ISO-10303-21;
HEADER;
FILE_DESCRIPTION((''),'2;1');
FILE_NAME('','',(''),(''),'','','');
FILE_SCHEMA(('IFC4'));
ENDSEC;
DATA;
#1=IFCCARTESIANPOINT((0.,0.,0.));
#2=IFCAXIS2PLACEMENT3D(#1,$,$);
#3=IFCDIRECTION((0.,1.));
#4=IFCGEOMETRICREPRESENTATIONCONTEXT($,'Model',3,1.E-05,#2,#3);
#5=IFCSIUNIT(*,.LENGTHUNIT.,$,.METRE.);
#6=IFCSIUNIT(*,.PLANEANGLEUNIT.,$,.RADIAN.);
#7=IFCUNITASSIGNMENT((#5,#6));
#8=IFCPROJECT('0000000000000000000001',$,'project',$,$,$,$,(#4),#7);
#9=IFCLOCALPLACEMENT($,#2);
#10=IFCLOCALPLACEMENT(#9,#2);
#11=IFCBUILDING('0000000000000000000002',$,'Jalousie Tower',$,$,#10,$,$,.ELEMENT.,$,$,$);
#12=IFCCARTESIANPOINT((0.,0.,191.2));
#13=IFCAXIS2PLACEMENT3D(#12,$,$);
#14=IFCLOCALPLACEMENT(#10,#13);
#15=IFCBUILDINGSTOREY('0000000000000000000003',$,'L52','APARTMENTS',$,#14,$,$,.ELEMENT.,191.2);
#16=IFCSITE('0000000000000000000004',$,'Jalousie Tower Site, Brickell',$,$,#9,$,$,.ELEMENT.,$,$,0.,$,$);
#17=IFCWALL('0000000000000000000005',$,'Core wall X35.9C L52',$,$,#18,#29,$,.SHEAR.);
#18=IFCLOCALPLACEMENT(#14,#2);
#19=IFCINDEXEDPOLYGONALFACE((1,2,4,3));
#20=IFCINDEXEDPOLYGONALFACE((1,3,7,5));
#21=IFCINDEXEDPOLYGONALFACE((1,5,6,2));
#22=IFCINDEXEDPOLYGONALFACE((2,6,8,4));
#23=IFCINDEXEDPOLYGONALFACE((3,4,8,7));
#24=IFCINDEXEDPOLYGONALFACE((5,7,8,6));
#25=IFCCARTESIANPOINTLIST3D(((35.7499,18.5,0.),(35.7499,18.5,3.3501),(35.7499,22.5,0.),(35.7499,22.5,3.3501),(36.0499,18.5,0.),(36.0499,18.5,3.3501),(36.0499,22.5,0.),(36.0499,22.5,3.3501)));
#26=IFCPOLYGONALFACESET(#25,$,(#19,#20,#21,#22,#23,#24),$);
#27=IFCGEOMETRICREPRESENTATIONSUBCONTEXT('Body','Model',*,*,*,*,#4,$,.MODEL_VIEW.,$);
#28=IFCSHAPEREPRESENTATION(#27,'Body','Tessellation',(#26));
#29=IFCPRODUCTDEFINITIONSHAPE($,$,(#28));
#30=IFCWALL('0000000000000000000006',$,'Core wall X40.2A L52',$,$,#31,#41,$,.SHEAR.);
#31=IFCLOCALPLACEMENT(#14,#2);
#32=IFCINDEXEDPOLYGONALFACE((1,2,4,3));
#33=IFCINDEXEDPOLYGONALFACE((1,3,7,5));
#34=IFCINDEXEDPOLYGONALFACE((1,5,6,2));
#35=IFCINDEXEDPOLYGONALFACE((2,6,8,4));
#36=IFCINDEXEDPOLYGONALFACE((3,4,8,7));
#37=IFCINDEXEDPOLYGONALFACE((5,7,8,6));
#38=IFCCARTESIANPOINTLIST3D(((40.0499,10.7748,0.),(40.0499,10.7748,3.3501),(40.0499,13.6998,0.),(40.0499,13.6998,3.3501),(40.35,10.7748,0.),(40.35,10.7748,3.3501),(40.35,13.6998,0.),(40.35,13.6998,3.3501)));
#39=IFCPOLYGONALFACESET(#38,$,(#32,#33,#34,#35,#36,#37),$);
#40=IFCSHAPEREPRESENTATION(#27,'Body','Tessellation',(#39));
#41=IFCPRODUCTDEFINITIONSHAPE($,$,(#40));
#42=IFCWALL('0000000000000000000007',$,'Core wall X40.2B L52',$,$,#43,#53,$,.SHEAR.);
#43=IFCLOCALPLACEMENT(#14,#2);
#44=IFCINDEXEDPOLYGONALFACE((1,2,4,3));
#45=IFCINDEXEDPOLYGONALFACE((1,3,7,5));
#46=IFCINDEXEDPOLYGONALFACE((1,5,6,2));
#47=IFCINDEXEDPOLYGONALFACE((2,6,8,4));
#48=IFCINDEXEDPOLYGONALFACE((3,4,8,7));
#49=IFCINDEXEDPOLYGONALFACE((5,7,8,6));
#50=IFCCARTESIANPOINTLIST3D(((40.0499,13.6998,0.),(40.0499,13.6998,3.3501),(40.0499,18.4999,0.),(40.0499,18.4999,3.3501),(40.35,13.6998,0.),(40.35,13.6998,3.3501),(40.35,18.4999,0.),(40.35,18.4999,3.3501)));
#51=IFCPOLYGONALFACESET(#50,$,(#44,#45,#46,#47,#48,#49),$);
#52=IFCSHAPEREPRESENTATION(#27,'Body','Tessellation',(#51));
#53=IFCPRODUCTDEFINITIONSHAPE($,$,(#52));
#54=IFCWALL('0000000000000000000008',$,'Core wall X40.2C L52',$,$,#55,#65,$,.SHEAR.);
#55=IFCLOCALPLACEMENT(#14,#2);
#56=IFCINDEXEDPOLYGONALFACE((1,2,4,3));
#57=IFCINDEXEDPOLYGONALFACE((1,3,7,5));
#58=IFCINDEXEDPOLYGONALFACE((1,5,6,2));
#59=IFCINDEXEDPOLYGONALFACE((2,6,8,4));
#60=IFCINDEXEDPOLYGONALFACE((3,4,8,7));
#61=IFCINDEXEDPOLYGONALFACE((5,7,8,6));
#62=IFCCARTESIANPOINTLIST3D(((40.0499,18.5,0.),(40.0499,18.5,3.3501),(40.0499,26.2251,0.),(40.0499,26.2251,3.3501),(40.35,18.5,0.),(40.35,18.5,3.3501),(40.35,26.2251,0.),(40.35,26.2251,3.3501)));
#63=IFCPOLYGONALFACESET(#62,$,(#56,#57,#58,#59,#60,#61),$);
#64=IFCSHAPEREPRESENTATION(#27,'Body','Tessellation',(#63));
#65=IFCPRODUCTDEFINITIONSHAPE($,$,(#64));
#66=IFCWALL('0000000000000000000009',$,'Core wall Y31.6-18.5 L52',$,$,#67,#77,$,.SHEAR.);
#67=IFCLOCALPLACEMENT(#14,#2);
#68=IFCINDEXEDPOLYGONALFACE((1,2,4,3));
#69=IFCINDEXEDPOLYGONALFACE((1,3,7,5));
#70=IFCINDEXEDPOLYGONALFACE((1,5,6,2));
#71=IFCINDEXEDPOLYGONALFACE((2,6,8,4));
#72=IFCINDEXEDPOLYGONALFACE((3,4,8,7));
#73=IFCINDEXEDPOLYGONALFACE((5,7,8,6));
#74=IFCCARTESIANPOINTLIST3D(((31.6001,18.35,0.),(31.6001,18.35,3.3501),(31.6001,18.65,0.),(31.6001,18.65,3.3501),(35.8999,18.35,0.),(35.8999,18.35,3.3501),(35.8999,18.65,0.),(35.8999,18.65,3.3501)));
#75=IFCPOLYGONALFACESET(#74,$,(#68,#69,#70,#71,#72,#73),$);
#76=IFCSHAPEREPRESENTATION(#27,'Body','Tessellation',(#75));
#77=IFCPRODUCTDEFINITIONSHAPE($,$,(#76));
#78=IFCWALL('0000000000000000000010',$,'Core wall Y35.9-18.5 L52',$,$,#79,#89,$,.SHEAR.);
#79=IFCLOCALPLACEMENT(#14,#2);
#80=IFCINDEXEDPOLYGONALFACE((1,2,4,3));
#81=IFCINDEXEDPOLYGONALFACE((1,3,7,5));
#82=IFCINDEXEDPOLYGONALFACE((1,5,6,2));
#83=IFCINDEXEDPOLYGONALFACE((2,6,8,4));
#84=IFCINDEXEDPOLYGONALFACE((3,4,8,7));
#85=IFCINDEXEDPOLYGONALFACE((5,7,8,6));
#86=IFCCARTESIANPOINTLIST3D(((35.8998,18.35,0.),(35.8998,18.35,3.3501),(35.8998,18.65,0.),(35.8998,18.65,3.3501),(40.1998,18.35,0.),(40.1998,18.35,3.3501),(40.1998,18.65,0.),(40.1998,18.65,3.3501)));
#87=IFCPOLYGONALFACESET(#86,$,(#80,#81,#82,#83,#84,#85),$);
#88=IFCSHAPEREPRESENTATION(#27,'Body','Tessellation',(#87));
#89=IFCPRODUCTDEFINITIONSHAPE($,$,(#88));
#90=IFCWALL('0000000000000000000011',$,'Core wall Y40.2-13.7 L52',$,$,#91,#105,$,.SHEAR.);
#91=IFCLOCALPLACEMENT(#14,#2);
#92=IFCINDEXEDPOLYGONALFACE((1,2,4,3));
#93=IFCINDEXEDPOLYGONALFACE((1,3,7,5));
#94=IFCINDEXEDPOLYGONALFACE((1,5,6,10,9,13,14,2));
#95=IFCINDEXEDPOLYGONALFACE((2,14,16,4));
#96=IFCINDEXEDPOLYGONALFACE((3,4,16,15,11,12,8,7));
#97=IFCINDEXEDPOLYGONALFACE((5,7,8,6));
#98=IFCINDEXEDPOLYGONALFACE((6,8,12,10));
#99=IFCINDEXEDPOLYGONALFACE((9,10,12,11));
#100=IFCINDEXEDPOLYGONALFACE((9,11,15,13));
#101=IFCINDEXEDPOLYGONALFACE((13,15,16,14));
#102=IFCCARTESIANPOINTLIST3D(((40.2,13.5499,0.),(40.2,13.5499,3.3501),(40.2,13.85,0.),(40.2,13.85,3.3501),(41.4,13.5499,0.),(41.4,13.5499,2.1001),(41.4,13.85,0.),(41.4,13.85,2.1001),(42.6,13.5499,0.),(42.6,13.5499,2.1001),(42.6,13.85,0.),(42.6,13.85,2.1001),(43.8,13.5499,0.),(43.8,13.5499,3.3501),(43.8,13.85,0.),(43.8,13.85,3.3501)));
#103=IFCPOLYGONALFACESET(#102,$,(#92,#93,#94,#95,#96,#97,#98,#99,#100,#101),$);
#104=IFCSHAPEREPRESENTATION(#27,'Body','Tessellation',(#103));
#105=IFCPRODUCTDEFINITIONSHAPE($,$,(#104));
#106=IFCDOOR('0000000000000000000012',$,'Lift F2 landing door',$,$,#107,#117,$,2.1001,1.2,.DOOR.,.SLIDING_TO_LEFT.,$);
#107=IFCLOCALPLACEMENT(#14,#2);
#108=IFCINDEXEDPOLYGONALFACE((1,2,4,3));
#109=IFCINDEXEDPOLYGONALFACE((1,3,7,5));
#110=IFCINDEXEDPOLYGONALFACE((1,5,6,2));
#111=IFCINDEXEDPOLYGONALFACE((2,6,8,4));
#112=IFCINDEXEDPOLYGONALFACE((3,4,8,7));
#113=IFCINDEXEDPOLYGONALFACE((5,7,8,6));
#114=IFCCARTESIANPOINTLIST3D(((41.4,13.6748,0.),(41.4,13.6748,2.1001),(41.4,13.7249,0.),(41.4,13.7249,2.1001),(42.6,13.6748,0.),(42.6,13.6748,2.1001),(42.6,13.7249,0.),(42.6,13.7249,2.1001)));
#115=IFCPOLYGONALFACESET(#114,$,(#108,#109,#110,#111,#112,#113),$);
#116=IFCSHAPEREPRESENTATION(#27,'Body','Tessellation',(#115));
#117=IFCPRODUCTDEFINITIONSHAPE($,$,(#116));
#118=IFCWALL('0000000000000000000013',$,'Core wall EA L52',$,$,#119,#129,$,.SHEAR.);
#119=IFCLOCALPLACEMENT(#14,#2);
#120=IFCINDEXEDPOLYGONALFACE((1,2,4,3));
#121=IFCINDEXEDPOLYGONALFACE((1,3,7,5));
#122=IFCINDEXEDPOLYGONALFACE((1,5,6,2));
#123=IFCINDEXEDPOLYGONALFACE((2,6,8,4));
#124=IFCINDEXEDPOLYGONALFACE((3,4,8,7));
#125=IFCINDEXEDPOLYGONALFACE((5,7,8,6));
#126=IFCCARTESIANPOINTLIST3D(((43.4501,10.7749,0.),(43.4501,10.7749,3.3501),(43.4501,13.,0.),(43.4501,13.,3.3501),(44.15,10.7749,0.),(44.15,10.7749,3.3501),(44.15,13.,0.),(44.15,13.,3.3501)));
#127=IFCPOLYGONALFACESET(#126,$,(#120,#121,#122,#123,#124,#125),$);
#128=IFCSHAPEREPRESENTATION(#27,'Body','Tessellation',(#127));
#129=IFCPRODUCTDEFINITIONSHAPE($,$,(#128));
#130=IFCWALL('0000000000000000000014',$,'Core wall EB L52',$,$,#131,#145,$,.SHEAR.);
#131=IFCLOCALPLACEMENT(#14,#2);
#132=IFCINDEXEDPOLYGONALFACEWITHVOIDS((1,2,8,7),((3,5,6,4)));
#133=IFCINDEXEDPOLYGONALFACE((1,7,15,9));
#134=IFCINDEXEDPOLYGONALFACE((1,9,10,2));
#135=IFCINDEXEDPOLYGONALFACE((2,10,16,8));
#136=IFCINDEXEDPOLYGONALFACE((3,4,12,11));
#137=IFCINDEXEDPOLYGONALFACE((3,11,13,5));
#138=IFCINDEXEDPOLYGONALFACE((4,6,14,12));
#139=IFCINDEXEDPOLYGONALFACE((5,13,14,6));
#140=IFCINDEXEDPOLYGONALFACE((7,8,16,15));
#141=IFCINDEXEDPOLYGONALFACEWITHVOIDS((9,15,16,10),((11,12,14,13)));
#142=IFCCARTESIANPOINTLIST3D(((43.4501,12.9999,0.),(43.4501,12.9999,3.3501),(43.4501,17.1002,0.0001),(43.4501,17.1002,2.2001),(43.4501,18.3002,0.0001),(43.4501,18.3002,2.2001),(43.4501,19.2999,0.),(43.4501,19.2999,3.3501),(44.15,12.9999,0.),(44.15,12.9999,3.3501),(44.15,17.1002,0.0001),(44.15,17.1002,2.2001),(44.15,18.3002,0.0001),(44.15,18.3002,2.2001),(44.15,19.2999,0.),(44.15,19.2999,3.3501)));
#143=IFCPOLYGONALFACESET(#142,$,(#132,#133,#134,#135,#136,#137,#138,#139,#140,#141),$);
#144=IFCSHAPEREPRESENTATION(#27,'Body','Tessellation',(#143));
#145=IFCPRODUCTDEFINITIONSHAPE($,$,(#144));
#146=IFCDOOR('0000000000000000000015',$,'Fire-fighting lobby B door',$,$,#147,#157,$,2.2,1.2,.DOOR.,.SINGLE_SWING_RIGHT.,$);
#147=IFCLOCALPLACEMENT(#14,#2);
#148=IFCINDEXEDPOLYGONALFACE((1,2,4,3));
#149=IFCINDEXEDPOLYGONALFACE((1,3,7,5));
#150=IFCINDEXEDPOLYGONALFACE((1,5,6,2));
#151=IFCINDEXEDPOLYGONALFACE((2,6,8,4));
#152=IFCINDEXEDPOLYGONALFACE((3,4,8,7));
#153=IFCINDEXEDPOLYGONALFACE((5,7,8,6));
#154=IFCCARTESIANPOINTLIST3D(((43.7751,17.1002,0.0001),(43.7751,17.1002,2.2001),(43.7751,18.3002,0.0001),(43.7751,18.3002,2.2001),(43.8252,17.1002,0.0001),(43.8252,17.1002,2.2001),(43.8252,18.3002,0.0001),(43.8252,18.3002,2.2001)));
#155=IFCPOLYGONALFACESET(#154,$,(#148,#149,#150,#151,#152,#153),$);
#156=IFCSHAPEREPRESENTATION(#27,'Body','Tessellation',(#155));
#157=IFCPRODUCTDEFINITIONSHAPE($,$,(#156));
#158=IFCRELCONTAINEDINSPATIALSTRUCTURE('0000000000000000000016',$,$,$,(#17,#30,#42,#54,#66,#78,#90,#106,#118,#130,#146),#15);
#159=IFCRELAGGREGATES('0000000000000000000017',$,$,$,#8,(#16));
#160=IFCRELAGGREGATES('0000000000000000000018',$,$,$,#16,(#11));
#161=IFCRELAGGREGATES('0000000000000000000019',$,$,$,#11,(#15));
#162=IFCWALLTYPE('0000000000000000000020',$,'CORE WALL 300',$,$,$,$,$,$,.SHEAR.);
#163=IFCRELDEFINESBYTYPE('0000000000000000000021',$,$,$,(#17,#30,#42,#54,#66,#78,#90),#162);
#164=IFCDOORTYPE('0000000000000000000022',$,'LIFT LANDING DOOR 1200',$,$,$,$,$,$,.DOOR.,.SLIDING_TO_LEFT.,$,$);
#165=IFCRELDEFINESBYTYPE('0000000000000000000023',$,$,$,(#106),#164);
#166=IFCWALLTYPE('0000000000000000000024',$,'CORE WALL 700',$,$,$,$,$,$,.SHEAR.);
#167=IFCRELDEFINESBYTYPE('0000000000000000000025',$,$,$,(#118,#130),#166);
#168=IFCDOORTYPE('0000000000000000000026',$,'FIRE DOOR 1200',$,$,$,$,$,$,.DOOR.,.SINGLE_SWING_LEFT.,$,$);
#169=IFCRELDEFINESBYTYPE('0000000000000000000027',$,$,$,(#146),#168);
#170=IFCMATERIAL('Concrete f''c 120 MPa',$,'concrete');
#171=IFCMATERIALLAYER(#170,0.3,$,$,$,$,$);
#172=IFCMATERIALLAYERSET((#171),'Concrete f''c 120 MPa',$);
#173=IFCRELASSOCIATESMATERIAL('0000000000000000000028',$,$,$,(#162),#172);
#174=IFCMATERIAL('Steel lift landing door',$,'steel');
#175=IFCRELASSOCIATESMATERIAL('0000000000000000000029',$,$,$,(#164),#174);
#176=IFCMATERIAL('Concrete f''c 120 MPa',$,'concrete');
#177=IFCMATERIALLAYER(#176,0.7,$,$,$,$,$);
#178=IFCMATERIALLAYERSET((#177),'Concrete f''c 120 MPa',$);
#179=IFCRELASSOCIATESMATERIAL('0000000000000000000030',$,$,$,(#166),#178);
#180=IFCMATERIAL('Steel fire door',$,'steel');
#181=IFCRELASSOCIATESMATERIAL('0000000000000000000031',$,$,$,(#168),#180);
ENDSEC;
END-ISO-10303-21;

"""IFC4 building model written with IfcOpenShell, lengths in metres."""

from ifc_helpers import new_model, si_unit, direction, frame, frame_2d, origin, place, context, subcontext, project, spatial, rectangle, extrude, material, layer, layer_set, type_object, element, fill, save


model = new_model("IFC4")

# Units and contexts
model_context = context("Model", 3, precision=1e-05, world=origin(), true_north=direction((0.0, 1.0)))
body_context = subcontext(model_context, "Body", "Model", "MODEL_VIEW")
ifc_project = project(units=[si_unit("LENGTHUNIT", "METRE"), si_unit("PLANEANGLEUNIT", "RADIAN")], contexts=[model_context])

# Site, building, storey
site_placement = place(None, origin())
site = spatial("IfcSite", under=ifc_project, at=site_placement, Name="Jalousie Tower Site, Brickell", CompositionType="ELEMENT", RefElevation=0.0)
building_placement = place(site_placement, origin())
building = spatial("IfcBuilding", under=site, at=building_placement, Name="Jalousie Tower", CompositionType="ELEMENT")
storey_placement = place(building_placement, frame((0.0, 0.0, 191.2)))
storey = spatial("IfcBuildingStorey", under=building, at=storey_placement, Name="L52", Description="APARTMENTS", CompositionType="ELEMENT", Elevation=191.2)

# Walls
ifc_material_1 = material(Name="Concrete f'c 120 MPa", Category="concrete")
ifc_layer_1 = layer(ifc_material_1, 0.3)
ifc_layer_set_1 = layer_set([ifc_layer_1], Name="Concrete f'c 120 MPa")
wall_type_1 = type_object("IfcWallType", Name="CORE WALL 300", PredefinedType="SHEAR", material=ifc_layer_set_1)
for number, where, z_axis, x_axis, name in (
    (1, (35.8999, 18.5, 0.0), (0.0, 0.0, 1.0), (0.0, 1.0, 0.0), "Core wall X35.9C L52"),
):
    element("IfcWall", number, at=place(storey_placement, frame(where, z_axis=z_axis, x_axis=x_axis)), inside=storey, type_object=wall_type_1, Name=name, PredefinedType="SHEAR", context=body_context, shape_type="SweptSolid", body=[
        extrude(rectangle(XDim=4.0, YDim=0.3, at=frame_2d((2.0, 0.0))), origin(), (0.0, 0.0, 1.0), 3.3501),
    ])
wall_1_placement = place(storey_placement, frame((40.2, 10.7749, 0.0), z_axis=(0.0, 0.0, 1.0), x_axis=(0.0, 1.0, 0.0)))
element("IfcWall", 2, at=wall_1_placement, inside=storey, type_object=wall_type_1, Name="Core wall X40.2A L52", PredefinedType="SHEAR", context=body_context, shape_type="SweptSolid", body=[
    extrude(rectangle(XDim=2.925, YDim=0.3, at=frame_2d((1.4624, 0.0))), origin(), (0.0, 0.0, 1.0), 3.3501),
])
wall_2_placement = place(storey_placement, frame((40.2, 13.7, 0.0), z_axis=(0.0, 0.0, 1.0), x_axis=(0.0, 1.0, 0.0)))
element("IfcWall", 3, at=wall_2_placement, inside=storey, type_object=wall_type_1, Name="Core wall X40.2B L52", PredefinedType="SHEAR", context=body_context, shape_type="SweptSolid", body=[
    extrude(rectangle(XDim=4.8, YDim=0.3, at=frame_2d((2.3999, 0.0))), origin(), (0.0, 0.0, 1.0), 3.3501),
])
wall_3_placement = place(storey_placement, frame((40.2, 18.5, 0.0), z_axis=(0.0, 0.0, 1.0), x_axis=(0.0, 1.0, 0.0)))
element("IfcWall", 4, at=wall_3_placement, inside=storey, type_object=wall_type_1, Name="Core wall X40.2C L52", PredefinedType="SHEAR", context=body_context, shape_type="SweptSolid", body=[
    extrude(rectangle(XDim=7.7251, YDim=0.3, at=frame_2d((3.8625, 0.0))), origin(), (0.0, 0.0, 1.0), 3.3501),
])
wall_4_placement = place(storey_placement, frame((31.6001, 18.5, 0.0), z_axis=(0.0, 0.0, 1.0), x_axis=(1.0, 0.0, 0.0)))
element("IfcWall", 5, at=wall_4_placement, inside=storey, type_object=wall_type_1, Name="Core wall Y31.6-18.5 L52", PredefinedType="SHEAR", context=body_context, shape_type="SweptSolid", body=[
    extrude(rectangle(XDim=4.2998, YDim=0.3, at=frame_2d((2.1499, 0.0))), origin(), (0.0, 0.0, 1.0), 3.3501),
])
wall_5_placement = place(storey_placement, frame((35.8999, 18.5, 0.0), z_axis=(0.0, 0.0, 1.0), x_axis=(1.0, 0.0, 0.0)))
element("IfcWall", 6, at=wall_5_placement, inside=storey, type_object=wall_type_1, Name="Core wall Y35.9-18.5 L52", PredefinedType="SHEAR", context=body_context, shape_type="SweptSolid", body=[
    extrude(rectangle(XDim=4.3, YDim=0.3, at=frame_2d((2.1499, 0.0))), origin(), (0.0, 0.0, 1.0), 3.3501),
])

# Wall, opening, door
wall_6_placement = place(storey_placement, frame((40.2, 13.7, 0.0), z_axis=(0.0, 0.0, 1.0), x_axis=(1.0, 0.0, 0.0)))
wall_6 = element("IfcWall", 7, at=wall_6_placement, inside=storey, type_object=wall_type_1, Name="Core wall Y40.2-13.7 L52", PredefinedType="SHEAR", context=body_context, shape_type="SweptSolid", body=[
    extrude(rectangle(XDim=3.6001, YDim=0.3, at=frame_2d((1.8, 0.0))), origin(), (0.0, 0.0, 1.0), 3.3501),
])
opening_1_placement = place(wall_6_placement, frame((1.2, 0.0, 0.0)))
opening_1 = element("IfcOpeningElement", 8, at=opening_1_placement, cuts=wall_6, PredefinedType="OPENING", context=body_context, shape_type="SweptSolid", body=[
    extrude(rectangle(XDim=1.2, YDim=2.1001, at=frame_2d((0.6001, 1.05))), frame((0.0, 0.1599, 0.0), z_axis=(0.0, -1.0, 0.0), x_axis=(1.0, 0.0, 0.0)), (0.0, 0.0, 1.0), 0.3201),
])
ifc_material_2 = material(Name="Steel lift landing door", Category="steel")
door_type_1 = type_object("IfcDoorType", Name="LIFT LANDING DOOR 1200", OperationType="SLIDING_TO_LEFT", PredefinedType="DOOR", material=ifc_material_2)
door_1_placement = place(opening_1_placement, origin())
door_1 = element("IfcDoor", 9, at=door_1_placement, inside=storey, type_object=door_type_1, Name="Lift F2 landing door", OperationType="SLIDING_TO_LEFT", OverallHeight=2.1001, OverallWidth=1.2, PredefinedType="DOOR", context=body_context, shape_type="SweptSolid", body=[
    extrude(rectangle(XDim=1.2, YDim=2.1001, at=frame_2d((0.6001, 1.05))), frame((0.0, 0.0249, 0.0), z_axis=(0.0, -1.0, 0.0), x_axis=(1.0, 0.0, 0.0)), (0.0, 0.0, 1.0), 0.05),
])
fill(opening_1, door_1)

# Wall
ifc_material_3 = material(Name="Concrete f'c 120 MPa", Category="concrete")
ifc_layer_2 = layer(ifc_material_3, 0.7)
ifc_layer_set_2 = layer_set([ifc_layer_2], Name="Concrete f'c 120 MPa")
wall_type_2 = type_object("IfcWallType", Name="CORE WALL 700", PredefinedType="SHEAR", material=ifc_layer_set_2)
wall_7_placement = place(storey_placement, frame((43.8, 10.7749, 0.0), z_axis=(0.0, 0.0, 1.0), x_axis=(0.0, 1.0, 0.0)))
element("IfcWall", 10, at=wall_7_placement, inside=storey, type_object=wall_type_2, Name="Core wall EA L52", PredefinedType="SHEAR", context=body_context, shape_type="SweptSolid", body=[
    extrude(rectangle(XDim=2.2251, YDim=0.7, at=frame_2d((1.1125, 0.0))), origin(), (0.0, 0.0, 1.0), 3.3501),
])

# Wall, opening, door
wall_8_placement = place(storey_placement, frame((43.8, 13.0, 0.0), z_axis=(0.0, 0.0, 1.0), x_axis=(0.0, 1.0, 0.0)))
wall_8 = element("IfcWall", 11, at=wall_8_placement, inside=storey, type_object=wall_type_2, Name="Core wall EB L52", PredefinedType="SHEAR", context=body_context, shape_type="SweptSolid", body=[
    extrude(rectangle(XDim=6.3, YDim=0.7, at=frame_2d((3.1499, 0.0))), origin(), (0.0, 0.0, 1.0), 3.3501),
])
opening_2_placement = place(wall_8_placement, frame((4.1001, 0.0, 0.0)))
opening_2 = element("IfcOpeningElement", 12, at=opening_2_placement, cuts=wall_8, PredefinedType="OPENING", context=body_context, shape_type="SweptSolid", body=[
    extrude(rectangle(XDim=1.2, YDim=2.2, at=frame_2d((0.6001, 1.1001))), frame((0.0, 0.3599, 0.0), z_axis=(0.0, -1.0, 0.0), x_axis=(1.0, 0.0, 0.0)), (0.0, 0.0, 1.0), 0.72),
])
ifc_material_4 = material(Name="Steel fire door", Category="steel")
door_type_2 = type_object("IfcDoorType", Name="FIRE DOOR 1200", OperationType="SINGLE_SWING_LEFT", PredefinedType="DOOR", material=ifc_material_4)
door_2_placement = place(opening_2_placement, origin())
door_2 = element("IfcDoor", 13, at=door_2_placement, inside=storey, type_object=door_type_2, Name="Fire-fighting lobby B door", OperationType="SINGLE_SWING_RIGHT", OverallHeight=2.2, OverallWidth=1.2, PredefinedType="DOOR", context=body_context, shape_type="SweptSolid", body=[
    extrude(rectangle(XDim=1.2, YDim=2.2, at=frame_2d((0.6001, 1.1001))), frame((0.0, 0.0249, 0.0), z_axis=(0.0, -1.0, 0.0), x_axis=(1.0, 0.0, 0.0)), (0.0, 0.0, 1.0), 0.05),
])
fill(opening_2, door_2)

save(model, "model.ifc")
